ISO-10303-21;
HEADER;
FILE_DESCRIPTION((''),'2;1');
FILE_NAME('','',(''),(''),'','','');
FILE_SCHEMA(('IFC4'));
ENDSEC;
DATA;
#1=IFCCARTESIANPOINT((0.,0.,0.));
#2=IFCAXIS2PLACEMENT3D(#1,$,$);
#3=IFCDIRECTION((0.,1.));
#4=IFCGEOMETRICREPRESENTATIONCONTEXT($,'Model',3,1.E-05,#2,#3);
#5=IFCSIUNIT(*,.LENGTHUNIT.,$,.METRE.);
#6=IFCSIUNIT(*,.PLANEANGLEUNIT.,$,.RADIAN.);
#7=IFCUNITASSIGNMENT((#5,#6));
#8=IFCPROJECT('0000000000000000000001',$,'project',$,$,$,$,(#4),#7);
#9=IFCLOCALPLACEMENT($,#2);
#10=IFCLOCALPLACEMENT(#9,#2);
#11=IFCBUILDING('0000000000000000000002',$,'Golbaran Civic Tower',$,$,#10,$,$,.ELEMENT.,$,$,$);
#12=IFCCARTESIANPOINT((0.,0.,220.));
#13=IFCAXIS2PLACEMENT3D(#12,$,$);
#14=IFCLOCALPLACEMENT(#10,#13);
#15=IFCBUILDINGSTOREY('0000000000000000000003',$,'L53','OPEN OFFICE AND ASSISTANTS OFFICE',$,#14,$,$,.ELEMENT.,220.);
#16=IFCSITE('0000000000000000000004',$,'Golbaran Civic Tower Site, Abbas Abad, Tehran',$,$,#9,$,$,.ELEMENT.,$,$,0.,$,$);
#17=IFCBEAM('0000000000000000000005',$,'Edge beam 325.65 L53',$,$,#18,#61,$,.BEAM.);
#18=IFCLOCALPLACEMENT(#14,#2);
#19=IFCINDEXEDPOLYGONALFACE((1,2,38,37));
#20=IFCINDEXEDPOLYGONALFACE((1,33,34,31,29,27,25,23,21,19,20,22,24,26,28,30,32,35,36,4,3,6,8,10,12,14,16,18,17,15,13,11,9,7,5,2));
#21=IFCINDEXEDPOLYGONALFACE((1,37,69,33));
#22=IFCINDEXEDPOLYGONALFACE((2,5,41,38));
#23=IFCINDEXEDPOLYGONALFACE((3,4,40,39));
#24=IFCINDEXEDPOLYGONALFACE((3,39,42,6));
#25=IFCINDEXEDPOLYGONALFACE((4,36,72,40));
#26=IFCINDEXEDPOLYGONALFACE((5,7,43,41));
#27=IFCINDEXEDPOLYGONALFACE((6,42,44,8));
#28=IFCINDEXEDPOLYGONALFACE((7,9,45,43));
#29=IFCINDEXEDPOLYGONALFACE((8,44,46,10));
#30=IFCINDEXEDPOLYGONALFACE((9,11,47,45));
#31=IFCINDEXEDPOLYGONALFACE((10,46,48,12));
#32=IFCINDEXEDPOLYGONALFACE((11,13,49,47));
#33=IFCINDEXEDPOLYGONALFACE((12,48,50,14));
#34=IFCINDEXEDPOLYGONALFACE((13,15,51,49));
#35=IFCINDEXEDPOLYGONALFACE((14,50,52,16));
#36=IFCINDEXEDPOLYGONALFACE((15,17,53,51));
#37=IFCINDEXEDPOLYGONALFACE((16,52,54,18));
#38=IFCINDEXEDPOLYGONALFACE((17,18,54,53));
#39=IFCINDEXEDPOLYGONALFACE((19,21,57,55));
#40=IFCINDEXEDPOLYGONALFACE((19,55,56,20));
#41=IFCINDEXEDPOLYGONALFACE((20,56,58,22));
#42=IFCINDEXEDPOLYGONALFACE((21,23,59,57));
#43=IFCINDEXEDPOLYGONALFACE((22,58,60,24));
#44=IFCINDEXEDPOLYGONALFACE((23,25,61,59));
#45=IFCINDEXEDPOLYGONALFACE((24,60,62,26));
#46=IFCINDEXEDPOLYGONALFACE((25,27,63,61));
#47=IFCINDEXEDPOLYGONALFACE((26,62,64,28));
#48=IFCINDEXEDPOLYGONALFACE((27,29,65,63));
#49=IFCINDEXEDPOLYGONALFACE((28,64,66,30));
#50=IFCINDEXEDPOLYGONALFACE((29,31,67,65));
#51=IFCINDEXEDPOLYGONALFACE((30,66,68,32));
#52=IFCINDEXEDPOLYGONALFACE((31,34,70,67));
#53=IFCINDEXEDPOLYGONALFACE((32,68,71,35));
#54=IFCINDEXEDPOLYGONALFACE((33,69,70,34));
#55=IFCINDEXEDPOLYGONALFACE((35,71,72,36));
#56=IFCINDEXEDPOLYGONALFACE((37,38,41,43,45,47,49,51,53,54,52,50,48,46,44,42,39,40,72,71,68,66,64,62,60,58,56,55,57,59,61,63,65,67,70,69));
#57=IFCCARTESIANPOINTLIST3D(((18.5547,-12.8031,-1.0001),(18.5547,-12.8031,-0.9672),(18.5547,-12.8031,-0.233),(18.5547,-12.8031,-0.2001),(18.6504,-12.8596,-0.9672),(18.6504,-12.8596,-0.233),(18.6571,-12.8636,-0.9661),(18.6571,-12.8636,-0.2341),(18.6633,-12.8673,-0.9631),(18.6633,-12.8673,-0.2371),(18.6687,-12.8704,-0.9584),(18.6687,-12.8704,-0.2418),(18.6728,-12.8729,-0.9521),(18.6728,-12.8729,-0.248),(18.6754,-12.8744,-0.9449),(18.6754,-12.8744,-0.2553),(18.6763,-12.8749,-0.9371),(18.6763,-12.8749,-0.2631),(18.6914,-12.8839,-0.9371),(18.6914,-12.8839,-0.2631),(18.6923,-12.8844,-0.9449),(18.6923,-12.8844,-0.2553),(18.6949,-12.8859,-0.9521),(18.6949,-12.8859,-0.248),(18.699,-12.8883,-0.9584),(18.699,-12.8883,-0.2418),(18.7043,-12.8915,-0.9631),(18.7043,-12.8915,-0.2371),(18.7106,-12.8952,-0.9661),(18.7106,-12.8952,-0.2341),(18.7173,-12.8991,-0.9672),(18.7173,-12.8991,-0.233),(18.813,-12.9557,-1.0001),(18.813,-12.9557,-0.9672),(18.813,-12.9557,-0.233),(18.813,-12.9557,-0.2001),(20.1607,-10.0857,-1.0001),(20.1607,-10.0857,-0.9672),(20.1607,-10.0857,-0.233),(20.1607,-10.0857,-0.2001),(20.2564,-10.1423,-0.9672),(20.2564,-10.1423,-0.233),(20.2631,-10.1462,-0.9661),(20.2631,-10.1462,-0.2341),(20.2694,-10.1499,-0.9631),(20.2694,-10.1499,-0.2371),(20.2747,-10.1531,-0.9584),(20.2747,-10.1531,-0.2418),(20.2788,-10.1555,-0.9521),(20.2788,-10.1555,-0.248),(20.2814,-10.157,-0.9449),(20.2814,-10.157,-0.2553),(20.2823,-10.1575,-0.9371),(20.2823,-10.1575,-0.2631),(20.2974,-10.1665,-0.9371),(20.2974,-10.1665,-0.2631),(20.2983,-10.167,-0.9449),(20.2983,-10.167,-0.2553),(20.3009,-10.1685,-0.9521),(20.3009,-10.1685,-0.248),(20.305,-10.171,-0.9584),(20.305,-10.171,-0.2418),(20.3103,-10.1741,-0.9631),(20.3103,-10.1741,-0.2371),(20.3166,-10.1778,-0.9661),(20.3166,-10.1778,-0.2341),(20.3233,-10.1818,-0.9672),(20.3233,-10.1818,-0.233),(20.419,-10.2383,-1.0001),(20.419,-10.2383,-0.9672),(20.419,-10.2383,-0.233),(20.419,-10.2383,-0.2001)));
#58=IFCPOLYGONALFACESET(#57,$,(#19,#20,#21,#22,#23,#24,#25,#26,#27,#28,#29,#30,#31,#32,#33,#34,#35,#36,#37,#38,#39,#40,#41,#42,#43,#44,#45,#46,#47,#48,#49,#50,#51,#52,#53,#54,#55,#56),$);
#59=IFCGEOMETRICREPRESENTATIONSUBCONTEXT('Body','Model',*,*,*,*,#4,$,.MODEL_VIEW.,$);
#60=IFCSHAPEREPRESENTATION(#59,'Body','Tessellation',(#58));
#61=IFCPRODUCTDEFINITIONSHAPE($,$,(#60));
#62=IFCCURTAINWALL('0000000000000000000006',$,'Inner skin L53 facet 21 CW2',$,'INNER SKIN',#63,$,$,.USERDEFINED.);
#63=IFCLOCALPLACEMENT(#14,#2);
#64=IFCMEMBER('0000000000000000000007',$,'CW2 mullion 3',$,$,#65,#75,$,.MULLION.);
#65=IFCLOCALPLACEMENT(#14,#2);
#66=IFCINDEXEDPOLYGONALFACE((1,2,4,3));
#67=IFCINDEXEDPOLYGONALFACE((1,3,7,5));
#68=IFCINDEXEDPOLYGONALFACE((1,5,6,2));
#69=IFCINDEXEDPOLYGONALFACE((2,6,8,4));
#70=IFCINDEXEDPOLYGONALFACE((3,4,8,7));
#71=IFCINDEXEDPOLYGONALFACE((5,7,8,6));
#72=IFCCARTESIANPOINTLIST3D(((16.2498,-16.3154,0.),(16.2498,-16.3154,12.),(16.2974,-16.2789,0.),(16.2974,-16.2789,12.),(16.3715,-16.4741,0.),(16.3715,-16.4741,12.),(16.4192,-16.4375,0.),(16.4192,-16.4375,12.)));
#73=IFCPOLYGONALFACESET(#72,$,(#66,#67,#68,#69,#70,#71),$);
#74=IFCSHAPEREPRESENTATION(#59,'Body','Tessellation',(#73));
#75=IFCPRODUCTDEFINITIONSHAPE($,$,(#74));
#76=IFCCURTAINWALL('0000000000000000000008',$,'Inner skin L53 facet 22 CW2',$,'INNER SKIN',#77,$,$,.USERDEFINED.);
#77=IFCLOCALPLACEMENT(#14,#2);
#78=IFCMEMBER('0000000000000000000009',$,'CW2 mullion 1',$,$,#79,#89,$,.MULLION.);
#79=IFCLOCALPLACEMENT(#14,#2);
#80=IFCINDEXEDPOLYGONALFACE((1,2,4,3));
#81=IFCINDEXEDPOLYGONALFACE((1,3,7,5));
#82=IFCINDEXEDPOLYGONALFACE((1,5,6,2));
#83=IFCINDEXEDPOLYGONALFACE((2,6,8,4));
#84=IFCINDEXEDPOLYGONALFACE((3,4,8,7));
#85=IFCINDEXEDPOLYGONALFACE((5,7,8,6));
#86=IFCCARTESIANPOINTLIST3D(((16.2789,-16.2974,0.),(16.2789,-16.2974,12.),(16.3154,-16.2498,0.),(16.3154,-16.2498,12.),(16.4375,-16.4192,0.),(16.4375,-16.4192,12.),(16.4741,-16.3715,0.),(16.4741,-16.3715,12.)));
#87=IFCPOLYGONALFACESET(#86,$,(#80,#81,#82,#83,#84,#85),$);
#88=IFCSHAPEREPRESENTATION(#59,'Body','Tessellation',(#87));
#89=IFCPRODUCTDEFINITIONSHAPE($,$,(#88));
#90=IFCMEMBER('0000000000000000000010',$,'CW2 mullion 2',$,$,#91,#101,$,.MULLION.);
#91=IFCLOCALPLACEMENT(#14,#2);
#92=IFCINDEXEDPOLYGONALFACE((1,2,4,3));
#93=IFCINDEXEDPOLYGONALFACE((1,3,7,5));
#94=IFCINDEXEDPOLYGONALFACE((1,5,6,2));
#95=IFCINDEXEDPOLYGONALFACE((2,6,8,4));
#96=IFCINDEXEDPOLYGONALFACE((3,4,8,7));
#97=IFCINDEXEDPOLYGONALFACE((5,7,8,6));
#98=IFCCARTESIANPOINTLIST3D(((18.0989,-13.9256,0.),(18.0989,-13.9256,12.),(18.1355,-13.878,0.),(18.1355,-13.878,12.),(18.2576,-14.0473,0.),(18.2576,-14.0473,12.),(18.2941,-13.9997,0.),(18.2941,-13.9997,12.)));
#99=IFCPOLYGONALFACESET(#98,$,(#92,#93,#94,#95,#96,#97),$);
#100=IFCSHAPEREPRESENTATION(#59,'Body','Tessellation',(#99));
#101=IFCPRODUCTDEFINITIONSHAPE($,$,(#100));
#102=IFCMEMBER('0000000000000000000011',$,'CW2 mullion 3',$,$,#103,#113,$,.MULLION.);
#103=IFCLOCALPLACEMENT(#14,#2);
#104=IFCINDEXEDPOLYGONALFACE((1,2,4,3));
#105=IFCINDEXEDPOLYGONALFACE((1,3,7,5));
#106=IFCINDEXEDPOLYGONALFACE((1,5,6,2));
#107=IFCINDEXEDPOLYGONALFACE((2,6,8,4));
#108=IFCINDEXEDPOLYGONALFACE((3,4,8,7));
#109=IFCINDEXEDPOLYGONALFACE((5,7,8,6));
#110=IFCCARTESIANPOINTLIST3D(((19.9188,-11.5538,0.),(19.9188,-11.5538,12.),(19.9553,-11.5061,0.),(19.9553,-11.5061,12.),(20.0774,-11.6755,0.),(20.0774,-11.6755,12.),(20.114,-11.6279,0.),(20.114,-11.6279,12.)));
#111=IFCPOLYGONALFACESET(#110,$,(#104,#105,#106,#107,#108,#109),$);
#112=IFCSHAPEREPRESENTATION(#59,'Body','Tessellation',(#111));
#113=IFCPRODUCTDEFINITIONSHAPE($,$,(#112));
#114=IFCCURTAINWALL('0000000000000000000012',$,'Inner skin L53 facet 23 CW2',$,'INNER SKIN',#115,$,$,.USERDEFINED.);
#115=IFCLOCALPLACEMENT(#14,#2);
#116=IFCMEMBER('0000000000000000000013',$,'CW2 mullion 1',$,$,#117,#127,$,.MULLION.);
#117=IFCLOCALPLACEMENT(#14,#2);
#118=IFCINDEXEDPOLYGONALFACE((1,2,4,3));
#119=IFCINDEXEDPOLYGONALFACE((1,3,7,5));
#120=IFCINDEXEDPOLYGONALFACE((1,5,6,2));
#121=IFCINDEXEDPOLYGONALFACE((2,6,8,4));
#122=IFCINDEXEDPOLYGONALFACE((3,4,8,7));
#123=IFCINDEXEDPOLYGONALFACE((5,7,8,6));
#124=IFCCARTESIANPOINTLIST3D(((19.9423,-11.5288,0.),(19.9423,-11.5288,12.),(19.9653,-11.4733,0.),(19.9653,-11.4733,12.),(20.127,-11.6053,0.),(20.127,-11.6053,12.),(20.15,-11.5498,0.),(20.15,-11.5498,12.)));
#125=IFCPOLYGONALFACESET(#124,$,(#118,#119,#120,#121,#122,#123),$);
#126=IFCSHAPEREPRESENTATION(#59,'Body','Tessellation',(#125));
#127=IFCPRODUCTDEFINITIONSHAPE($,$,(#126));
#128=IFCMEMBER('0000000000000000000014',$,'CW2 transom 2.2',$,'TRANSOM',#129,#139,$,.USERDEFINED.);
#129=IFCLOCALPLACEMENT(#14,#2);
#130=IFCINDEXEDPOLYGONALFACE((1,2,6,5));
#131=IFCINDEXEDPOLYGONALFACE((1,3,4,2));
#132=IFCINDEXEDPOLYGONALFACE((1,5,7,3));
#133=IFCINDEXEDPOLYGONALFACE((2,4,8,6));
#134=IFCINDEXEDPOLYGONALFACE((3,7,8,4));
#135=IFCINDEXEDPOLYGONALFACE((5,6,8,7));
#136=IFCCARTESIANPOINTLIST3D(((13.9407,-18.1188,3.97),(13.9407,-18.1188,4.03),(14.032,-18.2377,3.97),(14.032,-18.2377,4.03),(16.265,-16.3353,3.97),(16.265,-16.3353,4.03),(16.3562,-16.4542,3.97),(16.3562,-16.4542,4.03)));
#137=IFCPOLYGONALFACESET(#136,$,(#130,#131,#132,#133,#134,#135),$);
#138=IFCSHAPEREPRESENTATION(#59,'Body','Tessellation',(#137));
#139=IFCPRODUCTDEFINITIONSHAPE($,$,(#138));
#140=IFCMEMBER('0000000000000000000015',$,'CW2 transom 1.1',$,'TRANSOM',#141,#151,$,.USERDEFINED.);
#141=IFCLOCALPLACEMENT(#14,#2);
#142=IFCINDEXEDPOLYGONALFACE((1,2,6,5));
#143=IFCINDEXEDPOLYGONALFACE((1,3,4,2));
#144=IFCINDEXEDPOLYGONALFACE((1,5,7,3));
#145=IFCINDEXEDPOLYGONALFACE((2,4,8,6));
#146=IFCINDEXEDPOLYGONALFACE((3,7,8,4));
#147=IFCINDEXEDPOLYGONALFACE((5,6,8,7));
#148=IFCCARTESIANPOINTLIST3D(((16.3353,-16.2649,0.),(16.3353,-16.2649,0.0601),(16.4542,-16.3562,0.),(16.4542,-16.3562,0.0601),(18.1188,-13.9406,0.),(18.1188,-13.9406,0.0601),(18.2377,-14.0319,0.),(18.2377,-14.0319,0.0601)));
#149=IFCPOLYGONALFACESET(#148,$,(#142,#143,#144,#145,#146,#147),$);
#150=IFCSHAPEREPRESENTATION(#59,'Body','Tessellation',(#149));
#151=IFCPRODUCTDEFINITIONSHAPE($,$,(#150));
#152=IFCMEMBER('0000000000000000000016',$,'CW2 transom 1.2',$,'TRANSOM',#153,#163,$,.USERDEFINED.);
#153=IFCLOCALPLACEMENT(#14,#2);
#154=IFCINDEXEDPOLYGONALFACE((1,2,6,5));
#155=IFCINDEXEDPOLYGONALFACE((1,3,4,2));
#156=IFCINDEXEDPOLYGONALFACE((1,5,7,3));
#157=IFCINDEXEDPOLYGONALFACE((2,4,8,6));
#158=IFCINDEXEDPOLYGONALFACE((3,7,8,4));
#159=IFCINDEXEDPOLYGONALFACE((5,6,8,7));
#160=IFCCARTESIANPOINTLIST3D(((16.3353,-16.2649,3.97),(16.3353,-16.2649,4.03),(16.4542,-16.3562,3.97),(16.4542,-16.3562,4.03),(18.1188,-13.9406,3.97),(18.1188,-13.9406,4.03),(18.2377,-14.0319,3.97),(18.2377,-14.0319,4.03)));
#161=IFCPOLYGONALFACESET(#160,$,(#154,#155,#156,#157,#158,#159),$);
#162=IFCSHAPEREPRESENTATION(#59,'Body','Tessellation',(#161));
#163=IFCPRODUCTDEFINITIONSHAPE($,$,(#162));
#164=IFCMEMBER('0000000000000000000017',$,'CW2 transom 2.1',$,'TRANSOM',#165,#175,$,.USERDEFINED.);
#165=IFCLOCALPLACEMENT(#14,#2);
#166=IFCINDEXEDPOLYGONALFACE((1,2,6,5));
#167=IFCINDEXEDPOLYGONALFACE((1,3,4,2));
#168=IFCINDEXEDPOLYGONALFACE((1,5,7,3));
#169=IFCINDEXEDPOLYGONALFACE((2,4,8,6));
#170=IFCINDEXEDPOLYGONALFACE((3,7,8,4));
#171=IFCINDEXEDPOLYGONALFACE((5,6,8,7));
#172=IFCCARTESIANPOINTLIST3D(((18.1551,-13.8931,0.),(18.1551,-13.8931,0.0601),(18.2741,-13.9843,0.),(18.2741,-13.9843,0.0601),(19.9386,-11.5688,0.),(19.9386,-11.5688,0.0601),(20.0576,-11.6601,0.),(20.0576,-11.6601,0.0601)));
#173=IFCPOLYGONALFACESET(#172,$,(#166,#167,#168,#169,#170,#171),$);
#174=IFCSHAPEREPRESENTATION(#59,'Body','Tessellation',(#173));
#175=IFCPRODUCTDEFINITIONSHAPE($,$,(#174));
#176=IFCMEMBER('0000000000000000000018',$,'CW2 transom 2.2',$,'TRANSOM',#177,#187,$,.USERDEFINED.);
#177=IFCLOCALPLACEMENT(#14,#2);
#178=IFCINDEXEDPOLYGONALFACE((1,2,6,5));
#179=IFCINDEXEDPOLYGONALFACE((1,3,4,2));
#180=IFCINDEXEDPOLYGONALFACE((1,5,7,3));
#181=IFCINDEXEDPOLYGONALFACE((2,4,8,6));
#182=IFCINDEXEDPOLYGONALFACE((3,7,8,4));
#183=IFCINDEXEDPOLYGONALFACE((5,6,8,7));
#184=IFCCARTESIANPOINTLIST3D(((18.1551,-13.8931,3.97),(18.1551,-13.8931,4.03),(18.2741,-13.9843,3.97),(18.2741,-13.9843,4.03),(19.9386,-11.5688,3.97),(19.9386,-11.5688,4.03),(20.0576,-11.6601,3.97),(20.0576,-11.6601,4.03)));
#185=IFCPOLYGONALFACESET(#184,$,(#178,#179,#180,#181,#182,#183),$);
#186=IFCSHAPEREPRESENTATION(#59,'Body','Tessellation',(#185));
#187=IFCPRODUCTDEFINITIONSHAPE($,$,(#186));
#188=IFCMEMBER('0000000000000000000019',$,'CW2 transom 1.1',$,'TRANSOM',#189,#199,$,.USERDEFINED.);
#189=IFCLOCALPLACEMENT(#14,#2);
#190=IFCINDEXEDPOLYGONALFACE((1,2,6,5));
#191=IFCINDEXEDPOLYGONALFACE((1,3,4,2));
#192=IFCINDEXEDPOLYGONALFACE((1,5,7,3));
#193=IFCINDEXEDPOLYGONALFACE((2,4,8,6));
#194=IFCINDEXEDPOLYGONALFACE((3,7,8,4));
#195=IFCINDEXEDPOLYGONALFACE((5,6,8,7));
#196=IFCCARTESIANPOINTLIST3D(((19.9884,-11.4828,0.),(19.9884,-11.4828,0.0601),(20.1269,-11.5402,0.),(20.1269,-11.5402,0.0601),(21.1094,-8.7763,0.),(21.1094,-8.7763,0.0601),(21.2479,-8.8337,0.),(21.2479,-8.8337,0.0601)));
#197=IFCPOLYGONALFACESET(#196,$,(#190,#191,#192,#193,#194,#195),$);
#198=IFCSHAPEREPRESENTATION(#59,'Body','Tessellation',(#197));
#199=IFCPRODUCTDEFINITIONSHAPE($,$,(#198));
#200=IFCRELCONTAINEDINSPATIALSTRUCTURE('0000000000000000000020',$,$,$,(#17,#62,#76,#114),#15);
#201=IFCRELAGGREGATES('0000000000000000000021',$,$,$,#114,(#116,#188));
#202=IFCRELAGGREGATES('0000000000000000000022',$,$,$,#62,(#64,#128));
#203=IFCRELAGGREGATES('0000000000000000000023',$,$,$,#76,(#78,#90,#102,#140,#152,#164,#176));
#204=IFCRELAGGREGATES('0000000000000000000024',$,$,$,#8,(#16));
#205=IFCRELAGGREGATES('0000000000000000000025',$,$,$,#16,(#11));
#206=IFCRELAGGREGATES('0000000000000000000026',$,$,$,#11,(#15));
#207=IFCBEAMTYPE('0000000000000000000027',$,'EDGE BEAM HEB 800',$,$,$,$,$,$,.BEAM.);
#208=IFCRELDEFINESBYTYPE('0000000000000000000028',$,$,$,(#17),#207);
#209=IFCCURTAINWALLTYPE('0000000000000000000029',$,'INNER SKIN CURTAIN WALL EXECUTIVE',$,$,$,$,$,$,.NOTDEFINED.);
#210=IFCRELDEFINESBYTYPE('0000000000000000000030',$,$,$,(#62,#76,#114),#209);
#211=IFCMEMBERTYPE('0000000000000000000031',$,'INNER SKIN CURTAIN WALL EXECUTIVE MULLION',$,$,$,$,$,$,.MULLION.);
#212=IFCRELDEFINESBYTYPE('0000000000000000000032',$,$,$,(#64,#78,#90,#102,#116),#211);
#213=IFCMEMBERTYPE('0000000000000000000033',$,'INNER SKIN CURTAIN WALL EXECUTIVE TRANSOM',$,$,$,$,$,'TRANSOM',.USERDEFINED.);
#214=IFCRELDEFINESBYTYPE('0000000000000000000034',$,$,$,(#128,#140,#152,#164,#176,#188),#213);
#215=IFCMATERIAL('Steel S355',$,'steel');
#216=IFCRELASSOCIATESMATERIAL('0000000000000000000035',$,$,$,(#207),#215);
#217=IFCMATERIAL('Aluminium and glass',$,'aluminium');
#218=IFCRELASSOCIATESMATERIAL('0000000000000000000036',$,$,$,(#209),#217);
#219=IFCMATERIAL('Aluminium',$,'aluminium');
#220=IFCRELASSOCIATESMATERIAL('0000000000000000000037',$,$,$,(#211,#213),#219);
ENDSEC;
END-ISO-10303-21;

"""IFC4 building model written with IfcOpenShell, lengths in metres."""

from ifc_helpers import new_model, si_unit, direction, frame, origin, origin_2d, place, context, subcontext, project, spatial, rectangle, i_section, extrude, material, material_profile, profile_set, type_object, element, aggregate, save


model = new_model("IFC4")

# Units and contexts
model_context = context("Model", 3, precision=1e-05, world=origin(), true_north=direction((0.0, 1.0)))
body_context = subcontext(model_context, "Body", "Model", "MODEL_VIEW")
ifc_project = project(units=[si_unit("LENGTHUNIT", "METRE"), si_unit("PLANEANGLEUNIT", "RADIAN")], contexts=[model_context])

# Site, building, storey
site_placement = place(None, origin())
site = spatial("IfcSite", under=ifc_project, at=site_placement, Name="Golbaran Civic Tower Site, Abbas Abad, Tehran", CompositionType="ELEMENT", RefElevation=0.0)
building_placement = place(site_placement, origin())
building = spatial("IfcBuilding", under=site, at=building_placement, Name="Golbaran Civic Tower", CompositionType="ELEMENT")
storey_placement = place(building_placement, frame((0.0, 0.0, 220.0)))
storey = spatial("IfcBuildingStorey", under=building, at=storey_placement, Name="L53", Description="OPEN OFFICE AND ASSISTANTS OFFICE", CompositionType="ELEMENT", Elevation=220.0)

# Beam
ifc_material_1 = material(Name="Steel S355", Category="steel")
ifc_material_profile_1 = material_profile(ifc_material_1, i_section(OverallWidth=0.3, OverallDepth=0.8, WebThickness=0.0176, FlangeThickness=0.033, FilletRadius=0.03, at=origin_2d()), Name="HEB 800")
ifc_profile_set_1 = profile_set([ifc_material_profile_1], Name="Steel S355")
beam_type = type_object("IfcBeamType", Name="EDGE BEAM HEB 800", PredefinedType="BEAM", material=ifc_profile_set_1)
beam_placement = place(storey_placement, frame((18.6838, -12.8794, -0.6001), z_axis=(0.508797, 0.860886, 0.0), x_axis=(-0.860886, 0.508797, 0.0)))
element("IfcBeam", 1, at=beam_placement, inside=storey, type_object=beam_type, Name="Edge beam 325.65 L53", PredefinedType="BEAM", context=body_context, shape_type="SweptSolid", body=[
    extrude(i_section(OverallWidth=0.3, OverallDepth=0.8, WebThickness=0.0176, FlangeThickness=0.033, FilletRadius=0.03, at=origin_2d()), origin(), (0.0, 0.0, 1.0), 3.1565),
])

# Curtain wall, member
ifc_material_2 = material(Name="Aluminium and glass", Category="aluminium")
curtain_wall_type = type_object("IfcCurtainWallType", Name="INNER SKIN CURTAIN WALL EXECUTIVE", PredefinedType="NOTDEFINED", material=ifc_material_2)
curtain_wall_1_placement = place(storey_placement, origin())
curtain_wall_1 = element("IfcCurtainWall", 2, at=curtain_wall_1_placement, inside=storey, type_object=curtain_wall_type, Name="Inner skin L53 facet 21 CW2", ObjectType="INNER SKIN", PredefinedType="USERDEFINED")
ifc_material_3 = material(Name="Aluminium", Category="aluminium")
ifc_material_profile_2 = material_profile(ifc_material_3, rectangle(XDim=0.2, YDim=0.0601, at=origin_2d()), Name="INNER SKIN CURTAIN WALL EXECUTIVE MULLION")
ifc_profile_set_2 = profile_set([ifc_material_profile_2], Name="Aluminium")
member_type_1 = type_object("IfcMemberType", Name="INNER SKIN CURTAIN WALL EXECUTIVE MULLION", PredefinedType="MULLION", material=ifc_profile_set_2)
member_1_placement = place(storey_placement, frame((16.3345, -16.3765, 0.0), z_axis=(0.0, 0.0, 1.0), x_axis=(-0.608761, 0.793353, 0.0)))
member_1 = element("IfcMember", 3, at=member_1_placement, type_object=member_type_1, Name="CW2 mullion 3", PredefinedType="MULLION", context=body_context, shape_type="SweptSolid", body=[
    extrude(rectangle(XDim=0.2, YDim=0.0601, at=origin_2d()), origin(), (0.0, 0.0, 1.0), 12.0),
])

# Curtain wall, members
curtain_wall_2_placement = place(storey_placement, origin())
curtain_wall_2 = element("IfcCurtainWall", 4, at=curtain_wall_2_placement, inside=storey, type_object=curtain_wall_type, Name="Inner skin L53 facet 22 CW2", ObjectType="INNER SKIN", PredefinedType="USERDEFINED")
member_2_placement = place(storey_placement, frame((16.3765, -16.3345, 0.0), z_axis=(0.0, 0.0, 1.0), x_axis=(-0.793353, 0.608761, 0.0)))
member_2 = element("IfcMember", 5, at=member_2_placement, type_object=member_type_1, Name="CW2 mullion 1", PredefinedType="MULLION", context=body_context, shape_type="SweptSolid", body=[
    extrude(rectangle(XDim=0.2, YDim=0.0601, at=origin_2d()), origin(), (0.0, 0.0, 1.0), 12.0),
])
member_3_placement = place(storey_placement, frame((18.1965, -13.9626, 0.0), z_axis=(0.0, 0.0, 1.0), x_axis=(-0.793353, 0.608761, 0.0)))
member_3 = element("IfcMember", 6, at=member_3_placement, type_object=member_type_1, Name="CW2 mullion 2", PredefinedType="MULLION", context=body_context, shape_type="SweptSolid", body=[
    extrude(rectangle(XDim=0.2, YDim=0.0601, at=origin_2d()), origin(), (0.0, 0.0, 1.0), 12.0),
])
member_4_placement = place(storey_placement, frame((20.0164, -11.5908, 0.0), z_axis=(0.0, 0.0, 1.0), x_axis=(-0.793353, 0.608761, 0.0)))
member_4 = element("IfcMember", 7, at=member_4_placement, type_object=member_type_1, Name="CW2 mullion 3", PredefinedType="MULLION", context=body_context, shape_type="SweptSolid", body=[
    extrude(rectangle(XDim=0.2, YDim=0.0601, at=origin_2d()), origin(), (0.0, 0.0, 1.0), 12.0),
])

# Curtain wall, member
curtain_wall_3_placement = place(storey_placement, origin())
curtain_wall_3 = element("IfcCurtainWall", 8, at=curtain_wall_3_placement, inside=storey, type_object=curtain_wall_type, Name="Inner skin L53 facet 23 CW2", ObjectType="INNER SKIN", PredefinedType="USERDEFINED")
member_5_placement = place(storey_placement, frame((20.0461, -11.5393, 0.0), z_axis=(0.0, 0.0, 1.0), x_axis=(-0.92388, 0.382683, 0.0)))
member_5 = element("IfcMember", 9, at=member_5_placement, type_object=member_type_1, Name="CW2 mullion 1", PredefinedType="MULLION", context=body_context, shape_type="SweptSolid", body=[
    extrude(rectangle(XDim=0.2, YDim=0.0601, at=origin_2d()), origin(), (0.0, 0.0, 1.0), 12.0),
])

# Members
ifc_material_profile_3 = material_profile(ifc_material_3, rectangle(XDim=0.1499, YDim=0.0601, at=origin_2d()), Name="INNER SKIN CURTAIN WALL EXECUTIVE TRANSOM")
ifc_profile_set_3 = profile_set([ifc_material_profile_3], Name="Aluminium")
member_type_2 = type_object("IfcMemberType", Name="INNER SKIN CURTAIN WALL EXECUTIVE TRANSOM", ElementType="TRANSOM", PredefinedType="USERDEFINED", material=ifc_profile_set_3)
member_6_placement = place(storey_placement, frame((13.9863, -18.1782, 4.0), z_axis=(0.793351, 0.608764, 0.0), x_axis=(-0.608764, 0.793351, 0.0)))
member_6 = element("IfcMember", 10, at=member_6_placement, type_object=member_type_2, Name="CW2 transom 2.2", ObjectType="TRANSOM", PredefinedType="USERDEFINED", context=body_context, shape_type="SweptSolid", body=[
    extrude(rectangle(XDim=0.1499, YDim=0.0601, at=origin_2d()), origin(), (0.0, 0.0, 1.0), 2.9297),
])
member_7_placement = place(storey_placement, frame((16.3948, -16.3105, 0.03), z_axis=(0.608764, 0.793351, 0.0), x_axis=(-0.793351, 0.608764, 0.0)))
member_7 = element("IfcMember", 11, at=member_7_placement, type_object=member_type_2, Name="CW2 transom 1.1", ObjectType="TRANSOM", PredefinedType="USERDEFINED", context=body_context, shape_type="SweptSolid", body=[
    extrude(rectangle(XDim=0.1499, YDim=0.0601, at=origin_2d()), origin(), (0.0, 0.0, 1.0), 2.9297),
])
member_8_placement = place(storey_placement, frame((16.3948, -16.3105, 4.0), z_axis=(0.608764, 0.793351, 0.0), x_axis=(-0.793351, 0.608764, 0.0)))
member_8 = element("IfcMember", 12, at=member_8_placement, type_object=member_type_2, Name="CW2 transom 1.2", ObjectType="TRANSOM", PredefinedType="USERDEFINED", context=body_context, shape_type="SweptSolid", body=[
    extrude(rectangle(XDim=0.1499, YDim=0.0601, at=origin_2d()), origin(), (0.0, 0.0, 1.0), 2.9297),
])
member_9_placement = place(storey_placement, frame((18.2146, -13.9387, 0.03), z_axis=(0.608764, 0.793351, 0.0), x_axis=(-0.793351, 0.608764, 0.0)))
member_9 = element("IfcMember", 13, at=member_9_placement, type_object=member_type_2, Name="CW2 transom 2.1", ObjectType="TRANSOM", PredefinedType="USERDEFINED", context=body_context, shape_type="SweptSolid", body=[
    extrude(rectangle(XDim=0.1499, YDim=0.0601, at=origin_2d()), origin(), (0.0, 0.0, 1.0), 2.9297),
])
member_10_placement = place(storey_placement, frame((18.2146, -13.9387, 4.0), z_axis=(0.608764, 0.793351, 0.0), x_axis=(-0.793351, 0.608764, 0.0)))
member_10 = element("IfcMember", 14, at=member_10_placement, type_object=member_type_2, Name="CW2 transom 2.2", ObjectType="TRANSOM", PredefinedType="USERDEFINED", context=body_context, shape_type="SweptSolid", body=[
    extrude(rectangle(XDim=0.1499, YDim=0.0601, at=origin_2d()), origin(), (0.0, 0.0, 1.0), 2.9297),
])
member_11_placement = place(storey_placement, frame((20.0576, -11.5115, 0.03), z_axis=(0.382685, 0.923879, 0.0), x_axis=(-0.923879, 0.382685, 0.0)))
member_11 = element("IfcMember", 15, at=member_11_placement, type_object=member_type_2, Name="CW2 transom 1.1", ObjectType="TRANSOM", PredefinedType="USERDEFINED", context=body_context, shape_type="SweptSolid", body=[
    extrude(rectangle(XDim=0.1499, YDim=0.0601, at=origin_2d()), origin(), (0.0, 0.0, 1.0), 2.9294),
])

aggregate(curtain_wall_3, [member_5, member_11])
aggregate(curtain_wall_1, [member_1, member_6])
aggregate(curtain_wall_2, [member_2, member_3, member_4, member_7, member_8, member_9, member_10])

save(model, "model.ifc")
